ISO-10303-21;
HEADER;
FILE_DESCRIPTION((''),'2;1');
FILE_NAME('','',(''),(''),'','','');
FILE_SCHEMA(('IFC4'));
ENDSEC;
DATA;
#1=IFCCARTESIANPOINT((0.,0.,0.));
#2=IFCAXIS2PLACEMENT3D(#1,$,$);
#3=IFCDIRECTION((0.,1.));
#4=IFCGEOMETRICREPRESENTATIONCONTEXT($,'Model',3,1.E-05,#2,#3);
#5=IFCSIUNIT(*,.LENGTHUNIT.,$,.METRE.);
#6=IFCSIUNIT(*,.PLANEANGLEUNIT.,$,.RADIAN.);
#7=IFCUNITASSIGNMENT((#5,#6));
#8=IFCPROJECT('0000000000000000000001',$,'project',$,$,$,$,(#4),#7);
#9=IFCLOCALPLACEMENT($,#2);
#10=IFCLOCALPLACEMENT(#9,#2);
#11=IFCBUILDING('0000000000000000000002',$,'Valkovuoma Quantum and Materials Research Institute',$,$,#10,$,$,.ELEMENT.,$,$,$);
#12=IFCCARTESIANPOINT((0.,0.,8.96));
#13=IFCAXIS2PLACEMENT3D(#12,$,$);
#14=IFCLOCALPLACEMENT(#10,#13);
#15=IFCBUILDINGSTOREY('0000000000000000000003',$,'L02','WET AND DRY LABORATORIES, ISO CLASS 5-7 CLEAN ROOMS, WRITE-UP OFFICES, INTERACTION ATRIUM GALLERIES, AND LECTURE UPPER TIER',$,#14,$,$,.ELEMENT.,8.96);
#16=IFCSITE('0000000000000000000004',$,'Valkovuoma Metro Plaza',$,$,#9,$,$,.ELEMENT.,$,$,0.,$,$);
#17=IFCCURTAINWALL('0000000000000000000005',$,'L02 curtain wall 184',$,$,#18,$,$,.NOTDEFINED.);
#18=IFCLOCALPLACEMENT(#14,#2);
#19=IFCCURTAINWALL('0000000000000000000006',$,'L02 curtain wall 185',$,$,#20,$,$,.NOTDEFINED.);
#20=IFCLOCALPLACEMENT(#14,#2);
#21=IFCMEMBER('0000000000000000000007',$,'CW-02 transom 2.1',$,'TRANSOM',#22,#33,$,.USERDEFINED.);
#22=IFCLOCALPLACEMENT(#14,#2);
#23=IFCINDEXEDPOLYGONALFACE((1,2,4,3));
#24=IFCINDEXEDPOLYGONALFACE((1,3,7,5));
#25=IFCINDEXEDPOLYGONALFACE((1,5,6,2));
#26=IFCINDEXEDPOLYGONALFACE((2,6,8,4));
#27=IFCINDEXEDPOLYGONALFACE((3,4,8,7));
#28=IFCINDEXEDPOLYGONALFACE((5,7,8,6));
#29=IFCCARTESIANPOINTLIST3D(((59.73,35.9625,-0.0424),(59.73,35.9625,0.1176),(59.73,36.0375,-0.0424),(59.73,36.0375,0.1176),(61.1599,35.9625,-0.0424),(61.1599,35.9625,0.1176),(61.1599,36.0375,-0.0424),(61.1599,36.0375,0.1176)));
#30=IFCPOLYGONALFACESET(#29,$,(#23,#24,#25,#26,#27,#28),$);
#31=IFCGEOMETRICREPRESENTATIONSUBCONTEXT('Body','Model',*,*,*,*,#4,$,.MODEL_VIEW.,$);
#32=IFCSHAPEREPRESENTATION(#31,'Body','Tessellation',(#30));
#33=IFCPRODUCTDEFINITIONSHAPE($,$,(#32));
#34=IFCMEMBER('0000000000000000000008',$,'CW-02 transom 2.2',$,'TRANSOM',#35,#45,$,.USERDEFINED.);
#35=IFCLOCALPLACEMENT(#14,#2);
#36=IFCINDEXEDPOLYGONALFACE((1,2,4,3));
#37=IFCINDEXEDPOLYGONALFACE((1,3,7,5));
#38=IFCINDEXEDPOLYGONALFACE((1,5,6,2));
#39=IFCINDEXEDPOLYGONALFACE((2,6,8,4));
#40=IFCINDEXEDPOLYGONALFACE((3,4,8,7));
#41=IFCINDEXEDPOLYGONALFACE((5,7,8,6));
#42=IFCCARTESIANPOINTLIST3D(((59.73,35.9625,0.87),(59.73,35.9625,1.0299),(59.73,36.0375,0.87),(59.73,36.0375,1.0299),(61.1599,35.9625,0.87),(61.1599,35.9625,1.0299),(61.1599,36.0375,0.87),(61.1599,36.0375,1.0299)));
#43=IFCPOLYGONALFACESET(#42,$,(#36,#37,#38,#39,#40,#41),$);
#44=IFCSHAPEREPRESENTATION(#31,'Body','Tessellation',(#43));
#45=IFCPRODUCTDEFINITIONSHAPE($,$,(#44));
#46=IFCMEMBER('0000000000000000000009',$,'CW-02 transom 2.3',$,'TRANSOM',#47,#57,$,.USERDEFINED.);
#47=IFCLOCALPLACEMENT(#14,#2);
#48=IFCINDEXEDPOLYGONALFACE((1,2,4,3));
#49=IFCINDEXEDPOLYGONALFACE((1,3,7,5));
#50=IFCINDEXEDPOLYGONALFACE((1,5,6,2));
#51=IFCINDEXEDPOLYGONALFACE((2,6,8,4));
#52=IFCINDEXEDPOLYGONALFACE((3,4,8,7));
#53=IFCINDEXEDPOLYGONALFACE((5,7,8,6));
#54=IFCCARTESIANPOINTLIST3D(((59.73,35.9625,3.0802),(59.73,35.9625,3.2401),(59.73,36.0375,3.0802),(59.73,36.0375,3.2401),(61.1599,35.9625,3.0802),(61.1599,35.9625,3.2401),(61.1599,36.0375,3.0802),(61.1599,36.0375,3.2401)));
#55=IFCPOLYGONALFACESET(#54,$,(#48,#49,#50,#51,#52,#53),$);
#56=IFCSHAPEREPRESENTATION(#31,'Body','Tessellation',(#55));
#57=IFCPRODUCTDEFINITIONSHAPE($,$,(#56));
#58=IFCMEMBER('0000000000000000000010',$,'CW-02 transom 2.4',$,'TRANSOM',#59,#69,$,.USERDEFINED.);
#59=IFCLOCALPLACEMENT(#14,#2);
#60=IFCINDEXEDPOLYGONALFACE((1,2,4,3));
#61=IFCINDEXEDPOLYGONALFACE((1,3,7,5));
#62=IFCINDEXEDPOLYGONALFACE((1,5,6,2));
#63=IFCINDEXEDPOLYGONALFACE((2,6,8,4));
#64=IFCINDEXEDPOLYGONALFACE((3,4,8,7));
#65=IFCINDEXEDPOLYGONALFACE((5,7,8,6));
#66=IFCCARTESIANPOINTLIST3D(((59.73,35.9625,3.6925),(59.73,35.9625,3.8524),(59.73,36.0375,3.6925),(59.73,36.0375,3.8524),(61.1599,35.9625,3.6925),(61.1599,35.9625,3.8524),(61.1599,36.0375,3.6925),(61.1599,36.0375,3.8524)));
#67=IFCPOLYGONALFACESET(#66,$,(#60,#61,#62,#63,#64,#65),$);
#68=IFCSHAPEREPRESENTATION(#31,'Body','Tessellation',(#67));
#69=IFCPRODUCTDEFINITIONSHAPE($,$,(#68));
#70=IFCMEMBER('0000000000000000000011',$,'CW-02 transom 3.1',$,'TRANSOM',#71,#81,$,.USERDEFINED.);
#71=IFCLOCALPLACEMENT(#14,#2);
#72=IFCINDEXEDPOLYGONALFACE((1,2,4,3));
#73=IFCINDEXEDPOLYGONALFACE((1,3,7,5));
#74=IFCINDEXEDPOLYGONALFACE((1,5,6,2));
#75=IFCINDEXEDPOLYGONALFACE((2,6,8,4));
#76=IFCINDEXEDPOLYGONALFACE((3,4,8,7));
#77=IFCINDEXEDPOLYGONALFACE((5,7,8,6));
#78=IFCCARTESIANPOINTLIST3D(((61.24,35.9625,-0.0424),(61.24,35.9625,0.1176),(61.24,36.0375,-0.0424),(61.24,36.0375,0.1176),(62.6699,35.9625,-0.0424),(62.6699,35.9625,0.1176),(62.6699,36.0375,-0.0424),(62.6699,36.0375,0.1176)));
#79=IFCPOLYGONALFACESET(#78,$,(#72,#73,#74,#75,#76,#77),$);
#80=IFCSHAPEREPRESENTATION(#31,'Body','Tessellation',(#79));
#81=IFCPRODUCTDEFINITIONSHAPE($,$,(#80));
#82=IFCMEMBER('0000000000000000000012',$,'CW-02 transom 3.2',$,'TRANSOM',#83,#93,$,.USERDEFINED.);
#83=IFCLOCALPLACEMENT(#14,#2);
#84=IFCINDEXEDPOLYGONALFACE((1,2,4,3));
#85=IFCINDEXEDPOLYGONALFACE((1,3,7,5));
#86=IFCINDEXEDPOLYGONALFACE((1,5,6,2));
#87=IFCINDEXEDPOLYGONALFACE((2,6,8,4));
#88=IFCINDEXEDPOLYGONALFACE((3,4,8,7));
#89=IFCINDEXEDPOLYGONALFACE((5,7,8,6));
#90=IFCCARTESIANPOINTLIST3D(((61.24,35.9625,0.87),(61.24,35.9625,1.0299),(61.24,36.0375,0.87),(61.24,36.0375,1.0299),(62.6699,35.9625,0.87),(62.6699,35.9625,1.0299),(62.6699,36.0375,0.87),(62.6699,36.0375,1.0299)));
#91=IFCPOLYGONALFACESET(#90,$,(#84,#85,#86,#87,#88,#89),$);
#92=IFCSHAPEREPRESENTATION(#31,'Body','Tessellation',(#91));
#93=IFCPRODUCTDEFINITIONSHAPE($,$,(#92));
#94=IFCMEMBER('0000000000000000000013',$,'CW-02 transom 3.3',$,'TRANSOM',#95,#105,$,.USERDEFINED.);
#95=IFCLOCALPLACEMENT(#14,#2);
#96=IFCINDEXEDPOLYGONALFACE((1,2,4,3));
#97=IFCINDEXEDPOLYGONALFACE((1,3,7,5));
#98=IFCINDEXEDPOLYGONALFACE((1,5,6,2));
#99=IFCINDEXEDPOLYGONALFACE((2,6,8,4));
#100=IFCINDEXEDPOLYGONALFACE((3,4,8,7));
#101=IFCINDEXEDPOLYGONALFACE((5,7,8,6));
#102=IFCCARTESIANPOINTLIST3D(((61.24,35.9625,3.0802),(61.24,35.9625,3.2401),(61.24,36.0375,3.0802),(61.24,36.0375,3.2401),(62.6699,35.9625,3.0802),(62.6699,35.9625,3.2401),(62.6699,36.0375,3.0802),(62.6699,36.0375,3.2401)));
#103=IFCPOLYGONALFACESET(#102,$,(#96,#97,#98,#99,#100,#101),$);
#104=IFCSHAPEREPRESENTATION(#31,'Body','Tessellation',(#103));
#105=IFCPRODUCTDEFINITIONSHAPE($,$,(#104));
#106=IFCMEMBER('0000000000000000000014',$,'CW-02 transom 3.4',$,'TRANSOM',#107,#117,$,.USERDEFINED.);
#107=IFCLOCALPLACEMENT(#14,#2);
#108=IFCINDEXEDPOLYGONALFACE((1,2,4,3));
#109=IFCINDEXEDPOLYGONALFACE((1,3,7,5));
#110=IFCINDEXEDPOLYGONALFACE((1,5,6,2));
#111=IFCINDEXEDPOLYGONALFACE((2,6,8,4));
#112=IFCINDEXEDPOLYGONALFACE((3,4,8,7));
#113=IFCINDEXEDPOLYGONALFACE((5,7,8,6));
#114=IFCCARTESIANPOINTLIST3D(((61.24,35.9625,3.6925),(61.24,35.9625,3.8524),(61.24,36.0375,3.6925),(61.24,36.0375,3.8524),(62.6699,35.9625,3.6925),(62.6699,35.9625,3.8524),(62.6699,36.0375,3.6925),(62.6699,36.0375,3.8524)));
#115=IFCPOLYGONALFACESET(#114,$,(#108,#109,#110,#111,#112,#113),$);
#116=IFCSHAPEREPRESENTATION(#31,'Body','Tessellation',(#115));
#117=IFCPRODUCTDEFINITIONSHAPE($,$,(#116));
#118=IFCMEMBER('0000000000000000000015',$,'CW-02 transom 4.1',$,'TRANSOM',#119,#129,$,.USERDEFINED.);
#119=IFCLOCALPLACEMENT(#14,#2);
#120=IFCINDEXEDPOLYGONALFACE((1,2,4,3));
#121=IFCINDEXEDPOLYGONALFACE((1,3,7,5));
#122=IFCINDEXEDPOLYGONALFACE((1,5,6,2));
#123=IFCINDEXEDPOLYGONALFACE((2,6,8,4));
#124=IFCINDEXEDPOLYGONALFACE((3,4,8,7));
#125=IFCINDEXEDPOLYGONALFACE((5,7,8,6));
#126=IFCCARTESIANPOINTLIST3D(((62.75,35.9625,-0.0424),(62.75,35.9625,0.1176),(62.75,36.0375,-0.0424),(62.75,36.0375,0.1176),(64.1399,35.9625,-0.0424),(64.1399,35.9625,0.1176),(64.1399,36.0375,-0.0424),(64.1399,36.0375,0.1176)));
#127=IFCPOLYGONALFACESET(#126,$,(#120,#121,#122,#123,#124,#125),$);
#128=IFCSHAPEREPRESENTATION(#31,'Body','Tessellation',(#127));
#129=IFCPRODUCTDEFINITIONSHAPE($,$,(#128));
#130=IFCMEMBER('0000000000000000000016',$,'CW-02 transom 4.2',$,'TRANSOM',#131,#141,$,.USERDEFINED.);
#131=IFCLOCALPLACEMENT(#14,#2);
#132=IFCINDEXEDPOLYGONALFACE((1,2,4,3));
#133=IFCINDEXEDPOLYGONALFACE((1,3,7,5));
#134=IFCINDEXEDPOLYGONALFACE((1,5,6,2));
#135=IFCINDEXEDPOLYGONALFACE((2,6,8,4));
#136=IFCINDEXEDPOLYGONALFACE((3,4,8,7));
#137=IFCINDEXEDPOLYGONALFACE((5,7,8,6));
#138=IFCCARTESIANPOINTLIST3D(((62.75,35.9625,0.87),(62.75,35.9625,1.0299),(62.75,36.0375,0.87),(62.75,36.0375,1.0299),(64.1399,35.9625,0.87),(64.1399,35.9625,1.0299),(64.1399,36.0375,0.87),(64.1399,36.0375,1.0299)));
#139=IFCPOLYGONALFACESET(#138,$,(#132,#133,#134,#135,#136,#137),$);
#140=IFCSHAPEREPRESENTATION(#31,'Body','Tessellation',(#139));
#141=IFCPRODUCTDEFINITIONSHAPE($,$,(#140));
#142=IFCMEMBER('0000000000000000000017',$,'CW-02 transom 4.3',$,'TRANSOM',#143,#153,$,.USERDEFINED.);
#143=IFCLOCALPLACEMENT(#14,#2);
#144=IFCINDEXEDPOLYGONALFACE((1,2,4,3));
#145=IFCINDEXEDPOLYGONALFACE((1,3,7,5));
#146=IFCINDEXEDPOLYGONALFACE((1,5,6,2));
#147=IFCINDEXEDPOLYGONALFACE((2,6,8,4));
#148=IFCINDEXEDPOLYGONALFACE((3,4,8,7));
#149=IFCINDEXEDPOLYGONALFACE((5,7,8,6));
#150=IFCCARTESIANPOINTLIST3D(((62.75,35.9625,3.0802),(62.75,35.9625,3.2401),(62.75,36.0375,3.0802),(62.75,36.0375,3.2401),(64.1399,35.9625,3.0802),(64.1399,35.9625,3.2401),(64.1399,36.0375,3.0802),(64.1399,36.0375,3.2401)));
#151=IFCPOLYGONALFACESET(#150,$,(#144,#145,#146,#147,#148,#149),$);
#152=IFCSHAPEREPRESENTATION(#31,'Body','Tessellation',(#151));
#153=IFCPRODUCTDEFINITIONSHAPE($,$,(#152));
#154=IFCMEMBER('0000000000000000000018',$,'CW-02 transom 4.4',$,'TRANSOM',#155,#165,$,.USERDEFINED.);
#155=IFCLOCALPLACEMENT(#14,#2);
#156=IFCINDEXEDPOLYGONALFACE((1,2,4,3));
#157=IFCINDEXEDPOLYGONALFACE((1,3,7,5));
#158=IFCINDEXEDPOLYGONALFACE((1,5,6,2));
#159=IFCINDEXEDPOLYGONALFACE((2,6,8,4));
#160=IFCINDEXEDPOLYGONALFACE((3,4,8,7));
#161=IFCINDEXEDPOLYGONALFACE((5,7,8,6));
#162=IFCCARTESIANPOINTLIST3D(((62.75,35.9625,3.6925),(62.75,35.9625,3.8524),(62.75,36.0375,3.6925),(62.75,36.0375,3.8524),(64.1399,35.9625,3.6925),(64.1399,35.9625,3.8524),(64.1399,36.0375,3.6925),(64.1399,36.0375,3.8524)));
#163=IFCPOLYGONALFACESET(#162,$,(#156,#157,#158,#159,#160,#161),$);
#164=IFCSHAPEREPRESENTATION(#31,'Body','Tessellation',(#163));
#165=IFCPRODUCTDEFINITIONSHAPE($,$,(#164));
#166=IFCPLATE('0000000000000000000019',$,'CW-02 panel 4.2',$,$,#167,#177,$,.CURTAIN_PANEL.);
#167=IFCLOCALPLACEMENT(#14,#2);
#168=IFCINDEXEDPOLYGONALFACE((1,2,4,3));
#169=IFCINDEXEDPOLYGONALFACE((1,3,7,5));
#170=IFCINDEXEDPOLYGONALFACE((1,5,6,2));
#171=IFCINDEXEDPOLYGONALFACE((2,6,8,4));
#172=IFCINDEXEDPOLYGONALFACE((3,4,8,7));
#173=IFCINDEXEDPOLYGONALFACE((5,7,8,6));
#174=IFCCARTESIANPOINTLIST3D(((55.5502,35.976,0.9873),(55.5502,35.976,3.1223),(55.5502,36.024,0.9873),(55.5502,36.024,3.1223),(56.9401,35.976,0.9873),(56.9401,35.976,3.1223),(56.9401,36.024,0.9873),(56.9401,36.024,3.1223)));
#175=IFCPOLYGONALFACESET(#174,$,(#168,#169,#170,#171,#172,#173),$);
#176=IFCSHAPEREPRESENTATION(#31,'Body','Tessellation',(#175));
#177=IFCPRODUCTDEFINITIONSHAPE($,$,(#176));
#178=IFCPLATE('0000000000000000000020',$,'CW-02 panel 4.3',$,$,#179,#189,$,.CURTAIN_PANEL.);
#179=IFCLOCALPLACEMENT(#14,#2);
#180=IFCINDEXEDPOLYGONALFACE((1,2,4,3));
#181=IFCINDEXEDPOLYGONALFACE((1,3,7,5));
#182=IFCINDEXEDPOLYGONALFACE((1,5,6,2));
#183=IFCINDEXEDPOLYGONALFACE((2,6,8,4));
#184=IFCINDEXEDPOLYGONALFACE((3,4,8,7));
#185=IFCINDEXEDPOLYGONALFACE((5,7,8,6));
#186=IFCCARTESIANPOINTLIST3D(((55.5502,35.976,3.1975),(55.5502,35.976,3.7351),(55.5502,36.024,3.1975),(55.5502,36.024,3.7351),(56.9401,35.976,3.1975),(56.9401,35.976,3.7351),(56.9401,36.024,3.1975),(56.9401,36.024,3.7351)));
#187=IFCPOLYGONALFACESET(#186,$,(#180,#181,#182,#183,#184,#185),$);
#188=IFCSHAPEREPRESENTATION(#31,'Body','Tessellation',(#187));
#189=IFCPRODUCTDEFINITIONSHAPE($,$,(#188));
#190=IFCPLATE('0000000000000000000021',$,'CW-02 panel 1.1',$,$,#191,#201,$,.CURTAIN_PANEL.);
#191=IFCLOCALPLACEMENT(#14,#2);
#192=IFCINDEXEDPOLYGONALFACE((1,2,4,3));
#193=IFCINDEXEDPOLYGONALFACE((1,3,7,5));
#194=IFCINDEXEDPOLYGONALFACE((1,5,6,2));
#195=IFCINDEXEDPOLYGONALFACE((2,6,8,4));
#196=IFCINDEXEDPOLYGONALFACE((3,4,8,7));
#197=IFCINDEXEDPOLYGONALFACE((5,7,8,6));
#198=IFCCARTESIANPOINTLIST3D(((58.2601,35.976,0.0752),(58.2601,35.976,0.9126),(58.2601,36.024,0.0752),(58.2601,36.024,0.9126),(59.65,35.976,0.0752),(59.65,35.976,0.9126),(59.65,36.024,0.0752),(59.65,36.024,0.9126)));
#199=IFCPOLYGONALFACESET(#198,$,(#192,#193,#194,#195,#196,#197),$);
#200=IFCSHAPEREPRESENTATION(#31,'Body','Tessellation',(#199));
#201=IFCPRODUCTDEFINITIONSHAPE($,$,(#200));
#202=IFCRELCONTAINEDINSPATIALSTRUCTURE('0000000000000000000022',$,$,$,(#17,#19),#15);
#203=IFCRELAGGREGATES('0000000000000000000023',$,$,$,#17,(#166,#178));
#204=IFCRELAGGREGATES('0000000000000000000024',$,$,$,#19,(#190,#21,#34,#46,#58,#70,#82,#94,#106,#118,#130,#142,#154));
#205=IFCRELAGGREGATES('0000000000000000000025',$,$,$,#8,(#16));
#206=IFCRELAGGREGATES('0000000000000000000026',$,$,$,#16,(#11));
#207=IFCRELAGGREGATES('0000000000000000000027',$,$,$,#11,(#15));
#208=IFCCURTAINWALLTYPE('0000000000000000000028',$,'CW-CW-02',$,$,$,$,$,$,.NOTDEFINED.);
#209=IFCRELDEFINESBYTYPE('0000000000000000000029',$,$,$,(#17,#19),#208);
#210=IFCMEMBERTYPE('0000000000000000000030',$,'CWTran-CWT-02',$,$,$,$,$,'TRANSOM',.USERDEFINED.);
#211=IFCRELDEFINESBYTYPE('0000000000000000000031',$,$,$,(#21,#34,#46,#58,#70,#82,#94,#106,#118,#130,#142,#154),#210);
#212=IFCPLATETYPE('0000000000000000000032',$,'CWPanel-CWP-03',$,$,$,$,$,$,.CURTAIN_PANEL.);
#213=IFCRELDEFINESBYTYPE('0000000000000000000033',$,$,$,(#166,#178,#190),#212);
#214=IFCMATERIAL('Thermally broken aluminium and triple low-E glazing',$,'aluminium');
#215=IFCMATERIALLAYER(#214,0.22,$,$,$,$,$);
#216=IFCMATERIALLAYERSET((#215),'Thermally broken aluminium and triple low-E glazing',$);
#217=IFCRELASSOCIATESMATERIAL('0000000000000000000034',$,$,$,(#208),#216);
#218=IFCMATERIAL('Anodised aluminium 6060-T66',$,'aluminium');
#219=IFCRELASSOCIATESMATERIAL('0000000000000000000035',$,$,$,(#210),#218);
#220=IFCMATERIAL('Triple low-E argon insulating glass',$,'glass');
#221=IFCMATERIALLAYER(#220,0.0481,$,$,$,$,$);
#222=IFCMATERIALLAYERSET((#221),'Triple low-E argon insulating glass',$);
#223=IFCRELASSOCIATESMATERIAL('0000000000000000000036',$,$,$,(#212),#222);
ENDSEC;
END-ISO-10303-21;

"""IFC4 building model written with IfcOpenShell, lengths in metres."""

from ifc_helpers import new_model, si_unit, direction, frame, origin, origin_2d, place, context, subcontext, project, spatial, rectangle, extrude, material, layer, layer_set, material_profile, profile_set, type_object, element, aggregate, save


model = new_model("IFC4")

# Units and contexts
model_context = context("Model", 3, precision=1e-05, world=origin(), true_north=direction((0.0, 1.0)))
body_context = subcontext(model_context, "Body", "Model", "MODEL_VIEW")
ifc_project = project(units=[si_unit("LENGTHUNIT", "METRE"), si_unit("PLANEANGLEUNIT", "RADIAN")], contexts=[model_context])

# Site, building, storey
site_placement = place(None, origin())
site = spatial("IfcSite", under=ifc_project, at=site_placement, Name="Valkovuoma Metro Plaza", CompositionType="ELEMENT", RefElevation=0.0)
building_placement = place(site_placement, origin())
building = spatial("IfcBuilding", under=site, at=building_placement, Name="Valkovuoma Quantum and Materials Research Institute", CompositionType="ELEMENT")
storey_placement = place(building_placement, frame((0.0, 0.0, 8.96)))
storey = spatial("IfcBuildingStorey", under=building, at=storey_placement, Name="L02", Description="WET AND DRY LABORATORIES, ISO CLASS 5-7 CLEAN ROOMS, WRITE-UP OFFICES, INTERACTION ATRIUM GALLERIES, AND LECTURE UPPER TIER", CompositionType="ELEMENT", Elevation=8.96)

# Curtain wall
ifc_material_1 = material(Name="Thermally broken aluminium and triple low-E glazing", Category="aluminium")
ifc_layer_1 = layer(ifc_material_1, 0.22)
ifc_layer_set_1 = layer_set([ifc_layer_1], Name="Thermally broken aluminium and triple low-E glazing")
curtain_wall_type = type_object("IfcCurtainWallType", Name="CW-CW-02", PredefinedType="NOTDEFINED", material=ifc_layer_set_1)
curtain_wall_1_placement = place(storey_placement, origin())
curtain_wall_1 = element("IfcCurtainWall", 1, at=curtain_wall_1_placement, inside=storey, type_object=curtain_wall_type, Name="L02 curtain wall 184", PredefinedType="NOTDEFINED")

# Curtain wall, members
curtain_wall_2_placement = place(storey_placement, origin())
curtain_wall_2 = element("IfcCurtainWall", 2, at=curtain_wall_2_placement, inside=storey, type_object=curtain_wall_type, Name="L02 curtain wall 185", PredefinedType="NOTDEFINED")
ifc_material_2 = material(Name="Anodised aluminium 6060-T66", Category="aluminium")
ifc_material_profile_1 = material_profile(ifc_material_2, rectangle(XDim=0.075, YDim=0.1599, at=origin_2d()), Name="Anodised aluminium 6060-T66")
ifc_profile_set_1 = profile_set([ifc_material_profile_1], Name="Anodised aluminium 6060-T66")
member_type_1 = type_object("IfcMemberType", Name="CWTran-CWT-02", ElementType="TRANSOM", PredefinedType="USERDEFINED", material=ifc_profile_set_1)
member_1_placement = place(storey_placement, frame((59.73, 36.0, 0.0376), z_axis=(1.0, 0.0, 0.0), x_axis=(0.0, 1.0, 0.0)))
member_1 = element("IfcMember", 3, at=member_1_placement, type_object=member_type_1, Name="CW-02 transom 2.1", ObjectType="TRANSOM", PredefinedType="USERDEFINED", context=body_context, shape_type="SweptSolid", body=[
    extrude(rectangle(XDim=0.075, YDim=0.1599, at=origin_2d()), origin(), (0.0, 0.0, 1.0), 1.4299),
])
member_2_placement = place(storey_placement, frame((59.73, 36.0, 0.95), z_axis=(1.0, 0.0, 0.0), x_axis=(0.0, 1.0, 0.0)))
member_2 = element("IfcMember", 4, at=member_2_placement, type_object=member_type_1, Name="CW-02 transom 2.2", ObjectType="TRANSOM", PredefinedType="USERDEFINED", context=body_context, shape_type="SweptSolid", body=[
    extrude(rectangle(XDim=0.075, YDim=0.1599, at=origin_2d()), origin(), (0.0, 0.0, 1.0), 1.4299),
])
member_3_placement = place(storey_placement, frame((59.73, 36.0, 3.1602), z_axis=(1.0, 0.0, 0.0), x_axis=(0.0, 1.0, 0.0)))
member_3 = element("IfcMember", 5, at=member_3_placement, type_object=member_type_1, Name="CW-02 transom 2.3", ObjectType="TRANSOM", PredefinedType="USERDEFINED", context=body_context, shape_type="SweptSolid", body=[
    extrude(rectangle(XDim=0.075, YDim=0.1599, at=origin_2d()), origin(), (0.0, 0.0, 1.0), 1.4299),
])
member_4_placement = place(storey_placement, frame((59.73, 36.0, 3.7725), z_axis=(1.0, 0.0, 0.0), x_axis=(0.0, 1.0, 0.0)))
member_4 = element("IfcMember", 6, at=member_4_placement, type_object=member_type_1, Name="CW-02 transom 2.4", ObjectType="TRANSOM", PredefinedType="USERDEFINED", context=body_context, shape_type="SweptSolid", body=[
    extrude(rectangle(XDim=0.075, YDim=0.1599, at=origin_2d()), origin(), (0.0, 0.0, 1.0), 1.4299),
])
member_5_placement = place(storey_placement, frame((61.24, 36.0, 0.0376), z_axis=(1.0, 0.0, 0.0), x_axis=(0.0, 1.0, 0.0)))
member_5 = element("IfcMember", 7, at=member_5_placement, type_object=member_type_1, Name="CW-02 transom 3.1", ObjectType="TRANSOM", PredefinedType="USERDEFINED", context=body_context, shape_type="SweptSolid", body=[
    extrude(rectangle(XDim=0.075, YDim=0.1599, at=origin_2d()), origin(), (0.0, 0.0, 1.0), 1.4299),
])
member_6_placement = place(storey_placement, frame((61.24, 36.0, 0.95), z_axis=(1.0, 0.0, 0.0), x_axis=(0.0, 1.0, 0.0)))
member_6 = element("IfcMember", 8, at=member_6_placement, type_object=member_type_1, Name="CW-02 transom 3.2", ObjectType="TRANSOM", PredefinedType="USERDEFINED", context=body_context, shape_type="SweptSolid", body=[
    extrude(rectangle(XDim=0.075, YDim=0.1599, at=origin_2d()), origin(), (0.0, 0.0, 1.0), 1.4299),
])
member_7_placement = place(storey_placement, frame((61.24, 36.0, 3.1602), z_axis=(1.0, 0.0, 0.0), x_axis=(0.0, 1.0, 0.0)))
member_7 = element("IfcMember", 9, at=member_7_placement, type_object=member_type_1, Name="CW-02 transom 3.3", ObjectType="TRANSOM", PredefinedType="USERDEFINED", context=body_context, shape_type="SweptSolid", body=[
    extrude(rectangle(XDim=0.075, YDim=0.1599, at=origin_2d()), origin(), (0.0, 0.0, 1.0), 1.4299),
])
member_8_placement = place(storey_placement, frame((61.24, 36.0, 3.7725), z_axis=(1.0, 0.0, 0.0), x_axis=(0.0, 1.0, 0.0)))
member_8 = element("IfcMember", 10, at=member_8_placement, type_object=member_type_1, Name="CW-02 transom 3.4", ObjectType="TRANSOM", PredefinedType="USERDEFINED", context=body_context, shape_type="SweptSolid", body=[
    extrude(rectangle(XDim=0.075, YDim=0.1599, at=origin_2d()), origin(), (0.0, 0.0, 1.0), 1.4299),
])
member_9_placement = place(storey_placement, frame((62.75, 36.0, 0.0376), z_axis=(1.0, 0.0, 0.0), x_axis=(0.0, 1.0, 0.0)))
member_9 = element("IfcMember", 11, at=member_9_placement, type_object=member_type_1, Name="CW-02 transom 4.1", ObjectType="TRANSOM", PredefinedType="USERDEFINED", context=body_context, shape_type="SweptSolid", body=[
    extrude(rectangle(XDim=0.075, YDim=0.1599, at=origin_2d()), origin(), (0.0, 0.0, 1.0), 1.3899),
])
member_10_placement = place(storey_placement, frame((62.75, 36.0, 0.95), z_axis=(1.0, 0.0, 0.0), x_axis=(0.0, 1.0, 0.0)))
member_10 = element("IfcMember", 12, at=member_10_placement, type_object=member_type_1, Name="CW-02 transom 4.2", ObjectType="TRANSOM", PredefinedType="USERDEFINED", context=body_context, shape_type="SweptSolid", body=[
    extrude(rectangle(XDim=0.075, YDim=0.1599, at=origin_2d()), origin(), (0.0, 0.0, 1.0), 1.3899),
])
member_11_placement = place(storey_placement, frame((62.75, 36.0, 3.1602), z_axis=(1.0, 0.0, 0.0), x_axis=(0.0, 1.0, 0.0)))
member_11 = element("IfcMember", 13, at=member_11_placement, type_object=member_type_1, Name="CW-02 transom 4.3", ObjectType="TRANSOM", PredefinedType="USERDEFINED", context=body_context, shape_type="SweptSolid", body=[
    extrude(rectangle(XDim=0.075, YDim=0.1599, at=origin_2d()), origin(), (0.0, 0.0, 1.0), 1.3899),
])
member_12_placement = place(storey_placement, frame((62.75, 36.0, 3.7725), z_axis=(1.0, 0.0, 0.0), x_axis=(0.0, 1.0, 0.0)))
member_12 = element("IfcMember", 14, at=member_12_placement, type_object=member_type_1, Name="CW-02 transom 4.4", ObjectType="TRANSOM", PredefinedType="USERDEFINED", context=body_context, shape_type="SweptSolid", body=[
    extrude(rectangle(XDim=0.075, YDim=0.1599, at=origin_2d()), origin(), (0.0, 0.0, 1.0), 1.3899),
])

# Plates
ifc_material_3 = material(Name="Triple low-E argon insulating glass", Category="glass")
ifc_layer_2 = layer(ifc_material_3, 0.0481)
ifc_layer_set_2 = layer_set([ifc_layer_2], Name="Triple low-E argon insulating glass")
plate_type_1 = type_object("IfcPlateType", Name="CWPanel-CWP-03", PredefinedType="CURTAIN_PANEL", material=ifc_layer_set_2)
plate_1_placement = place(storey_placement, frame((56.2451, 36.0, 0.9873), z_axis=(0.0, 0.0, 1.0), x_axis=(1.0, 0.0, 0.0)))
plate_1 = element("IfcPlate", 15, at=plate_1_placement, type_object=plate_type_1, Name="CW-02 panel 4.2", PredefinedType="CURTAIN_PANEL", context=body_context, shape_type="SweptSolid", body=[
    extrude(rectangle(XDim=1.3899, YDim=0.0481, at=origin_2d()), origin(), (0.0, 0.0, 1.0), 2.135),
])
plate_2_placement = place(storey_placement, frame((56.2451, 36.0, 3.1975), z_axis=(0.0, 0.0, 1.0), x_axis=(1.0, 0.0, 0.0)))
plate_2 = element("IfcPlate", 16, at=plate_2_placement, type_object=plate_type_1, Name="CW-02 panel 4.3", PredefinedType="CURTAIN_PANEL", context=body_context, shape_type="SweptSolid", body=[
    extrude(rectangle(XDim=1.3899, YDim=0.0481, at=origin_2d()), origin(), (0.0, 0.0, 1.0), 0.5376),
])
aggregate(curtain_wall_1, [plate_1, plate_2])
plate_3_placement = place(storey_placement, frame((58.9551, 36.0, 0.0752), z_axis=(0.0, 0.0, 1.0), x_axis=(1.0, 0.0, 0.0)))
plate_3 = element("IfcPlate", 17, at=plate_3_placement, type_object=plate_type_1, Name="CW-02 panel 1.1", PredefinedType="CURTAIN_PANEL", context=body_context, shape_type="SweptSolid", body=[
    extrude(rectangle(XDim=1.3899, YDim=0.0481, at=origin_2d()), origin(), (0.0, 0.0, 1.0), 0.8374),
])
aggregate(curtain_wall_2, [plate_3, member_1, member_2, member_3, member_4, member_5, member_6, member_7, member_8, member_9, member_10, member_11, member_12])

save(model, "model.ifc")
